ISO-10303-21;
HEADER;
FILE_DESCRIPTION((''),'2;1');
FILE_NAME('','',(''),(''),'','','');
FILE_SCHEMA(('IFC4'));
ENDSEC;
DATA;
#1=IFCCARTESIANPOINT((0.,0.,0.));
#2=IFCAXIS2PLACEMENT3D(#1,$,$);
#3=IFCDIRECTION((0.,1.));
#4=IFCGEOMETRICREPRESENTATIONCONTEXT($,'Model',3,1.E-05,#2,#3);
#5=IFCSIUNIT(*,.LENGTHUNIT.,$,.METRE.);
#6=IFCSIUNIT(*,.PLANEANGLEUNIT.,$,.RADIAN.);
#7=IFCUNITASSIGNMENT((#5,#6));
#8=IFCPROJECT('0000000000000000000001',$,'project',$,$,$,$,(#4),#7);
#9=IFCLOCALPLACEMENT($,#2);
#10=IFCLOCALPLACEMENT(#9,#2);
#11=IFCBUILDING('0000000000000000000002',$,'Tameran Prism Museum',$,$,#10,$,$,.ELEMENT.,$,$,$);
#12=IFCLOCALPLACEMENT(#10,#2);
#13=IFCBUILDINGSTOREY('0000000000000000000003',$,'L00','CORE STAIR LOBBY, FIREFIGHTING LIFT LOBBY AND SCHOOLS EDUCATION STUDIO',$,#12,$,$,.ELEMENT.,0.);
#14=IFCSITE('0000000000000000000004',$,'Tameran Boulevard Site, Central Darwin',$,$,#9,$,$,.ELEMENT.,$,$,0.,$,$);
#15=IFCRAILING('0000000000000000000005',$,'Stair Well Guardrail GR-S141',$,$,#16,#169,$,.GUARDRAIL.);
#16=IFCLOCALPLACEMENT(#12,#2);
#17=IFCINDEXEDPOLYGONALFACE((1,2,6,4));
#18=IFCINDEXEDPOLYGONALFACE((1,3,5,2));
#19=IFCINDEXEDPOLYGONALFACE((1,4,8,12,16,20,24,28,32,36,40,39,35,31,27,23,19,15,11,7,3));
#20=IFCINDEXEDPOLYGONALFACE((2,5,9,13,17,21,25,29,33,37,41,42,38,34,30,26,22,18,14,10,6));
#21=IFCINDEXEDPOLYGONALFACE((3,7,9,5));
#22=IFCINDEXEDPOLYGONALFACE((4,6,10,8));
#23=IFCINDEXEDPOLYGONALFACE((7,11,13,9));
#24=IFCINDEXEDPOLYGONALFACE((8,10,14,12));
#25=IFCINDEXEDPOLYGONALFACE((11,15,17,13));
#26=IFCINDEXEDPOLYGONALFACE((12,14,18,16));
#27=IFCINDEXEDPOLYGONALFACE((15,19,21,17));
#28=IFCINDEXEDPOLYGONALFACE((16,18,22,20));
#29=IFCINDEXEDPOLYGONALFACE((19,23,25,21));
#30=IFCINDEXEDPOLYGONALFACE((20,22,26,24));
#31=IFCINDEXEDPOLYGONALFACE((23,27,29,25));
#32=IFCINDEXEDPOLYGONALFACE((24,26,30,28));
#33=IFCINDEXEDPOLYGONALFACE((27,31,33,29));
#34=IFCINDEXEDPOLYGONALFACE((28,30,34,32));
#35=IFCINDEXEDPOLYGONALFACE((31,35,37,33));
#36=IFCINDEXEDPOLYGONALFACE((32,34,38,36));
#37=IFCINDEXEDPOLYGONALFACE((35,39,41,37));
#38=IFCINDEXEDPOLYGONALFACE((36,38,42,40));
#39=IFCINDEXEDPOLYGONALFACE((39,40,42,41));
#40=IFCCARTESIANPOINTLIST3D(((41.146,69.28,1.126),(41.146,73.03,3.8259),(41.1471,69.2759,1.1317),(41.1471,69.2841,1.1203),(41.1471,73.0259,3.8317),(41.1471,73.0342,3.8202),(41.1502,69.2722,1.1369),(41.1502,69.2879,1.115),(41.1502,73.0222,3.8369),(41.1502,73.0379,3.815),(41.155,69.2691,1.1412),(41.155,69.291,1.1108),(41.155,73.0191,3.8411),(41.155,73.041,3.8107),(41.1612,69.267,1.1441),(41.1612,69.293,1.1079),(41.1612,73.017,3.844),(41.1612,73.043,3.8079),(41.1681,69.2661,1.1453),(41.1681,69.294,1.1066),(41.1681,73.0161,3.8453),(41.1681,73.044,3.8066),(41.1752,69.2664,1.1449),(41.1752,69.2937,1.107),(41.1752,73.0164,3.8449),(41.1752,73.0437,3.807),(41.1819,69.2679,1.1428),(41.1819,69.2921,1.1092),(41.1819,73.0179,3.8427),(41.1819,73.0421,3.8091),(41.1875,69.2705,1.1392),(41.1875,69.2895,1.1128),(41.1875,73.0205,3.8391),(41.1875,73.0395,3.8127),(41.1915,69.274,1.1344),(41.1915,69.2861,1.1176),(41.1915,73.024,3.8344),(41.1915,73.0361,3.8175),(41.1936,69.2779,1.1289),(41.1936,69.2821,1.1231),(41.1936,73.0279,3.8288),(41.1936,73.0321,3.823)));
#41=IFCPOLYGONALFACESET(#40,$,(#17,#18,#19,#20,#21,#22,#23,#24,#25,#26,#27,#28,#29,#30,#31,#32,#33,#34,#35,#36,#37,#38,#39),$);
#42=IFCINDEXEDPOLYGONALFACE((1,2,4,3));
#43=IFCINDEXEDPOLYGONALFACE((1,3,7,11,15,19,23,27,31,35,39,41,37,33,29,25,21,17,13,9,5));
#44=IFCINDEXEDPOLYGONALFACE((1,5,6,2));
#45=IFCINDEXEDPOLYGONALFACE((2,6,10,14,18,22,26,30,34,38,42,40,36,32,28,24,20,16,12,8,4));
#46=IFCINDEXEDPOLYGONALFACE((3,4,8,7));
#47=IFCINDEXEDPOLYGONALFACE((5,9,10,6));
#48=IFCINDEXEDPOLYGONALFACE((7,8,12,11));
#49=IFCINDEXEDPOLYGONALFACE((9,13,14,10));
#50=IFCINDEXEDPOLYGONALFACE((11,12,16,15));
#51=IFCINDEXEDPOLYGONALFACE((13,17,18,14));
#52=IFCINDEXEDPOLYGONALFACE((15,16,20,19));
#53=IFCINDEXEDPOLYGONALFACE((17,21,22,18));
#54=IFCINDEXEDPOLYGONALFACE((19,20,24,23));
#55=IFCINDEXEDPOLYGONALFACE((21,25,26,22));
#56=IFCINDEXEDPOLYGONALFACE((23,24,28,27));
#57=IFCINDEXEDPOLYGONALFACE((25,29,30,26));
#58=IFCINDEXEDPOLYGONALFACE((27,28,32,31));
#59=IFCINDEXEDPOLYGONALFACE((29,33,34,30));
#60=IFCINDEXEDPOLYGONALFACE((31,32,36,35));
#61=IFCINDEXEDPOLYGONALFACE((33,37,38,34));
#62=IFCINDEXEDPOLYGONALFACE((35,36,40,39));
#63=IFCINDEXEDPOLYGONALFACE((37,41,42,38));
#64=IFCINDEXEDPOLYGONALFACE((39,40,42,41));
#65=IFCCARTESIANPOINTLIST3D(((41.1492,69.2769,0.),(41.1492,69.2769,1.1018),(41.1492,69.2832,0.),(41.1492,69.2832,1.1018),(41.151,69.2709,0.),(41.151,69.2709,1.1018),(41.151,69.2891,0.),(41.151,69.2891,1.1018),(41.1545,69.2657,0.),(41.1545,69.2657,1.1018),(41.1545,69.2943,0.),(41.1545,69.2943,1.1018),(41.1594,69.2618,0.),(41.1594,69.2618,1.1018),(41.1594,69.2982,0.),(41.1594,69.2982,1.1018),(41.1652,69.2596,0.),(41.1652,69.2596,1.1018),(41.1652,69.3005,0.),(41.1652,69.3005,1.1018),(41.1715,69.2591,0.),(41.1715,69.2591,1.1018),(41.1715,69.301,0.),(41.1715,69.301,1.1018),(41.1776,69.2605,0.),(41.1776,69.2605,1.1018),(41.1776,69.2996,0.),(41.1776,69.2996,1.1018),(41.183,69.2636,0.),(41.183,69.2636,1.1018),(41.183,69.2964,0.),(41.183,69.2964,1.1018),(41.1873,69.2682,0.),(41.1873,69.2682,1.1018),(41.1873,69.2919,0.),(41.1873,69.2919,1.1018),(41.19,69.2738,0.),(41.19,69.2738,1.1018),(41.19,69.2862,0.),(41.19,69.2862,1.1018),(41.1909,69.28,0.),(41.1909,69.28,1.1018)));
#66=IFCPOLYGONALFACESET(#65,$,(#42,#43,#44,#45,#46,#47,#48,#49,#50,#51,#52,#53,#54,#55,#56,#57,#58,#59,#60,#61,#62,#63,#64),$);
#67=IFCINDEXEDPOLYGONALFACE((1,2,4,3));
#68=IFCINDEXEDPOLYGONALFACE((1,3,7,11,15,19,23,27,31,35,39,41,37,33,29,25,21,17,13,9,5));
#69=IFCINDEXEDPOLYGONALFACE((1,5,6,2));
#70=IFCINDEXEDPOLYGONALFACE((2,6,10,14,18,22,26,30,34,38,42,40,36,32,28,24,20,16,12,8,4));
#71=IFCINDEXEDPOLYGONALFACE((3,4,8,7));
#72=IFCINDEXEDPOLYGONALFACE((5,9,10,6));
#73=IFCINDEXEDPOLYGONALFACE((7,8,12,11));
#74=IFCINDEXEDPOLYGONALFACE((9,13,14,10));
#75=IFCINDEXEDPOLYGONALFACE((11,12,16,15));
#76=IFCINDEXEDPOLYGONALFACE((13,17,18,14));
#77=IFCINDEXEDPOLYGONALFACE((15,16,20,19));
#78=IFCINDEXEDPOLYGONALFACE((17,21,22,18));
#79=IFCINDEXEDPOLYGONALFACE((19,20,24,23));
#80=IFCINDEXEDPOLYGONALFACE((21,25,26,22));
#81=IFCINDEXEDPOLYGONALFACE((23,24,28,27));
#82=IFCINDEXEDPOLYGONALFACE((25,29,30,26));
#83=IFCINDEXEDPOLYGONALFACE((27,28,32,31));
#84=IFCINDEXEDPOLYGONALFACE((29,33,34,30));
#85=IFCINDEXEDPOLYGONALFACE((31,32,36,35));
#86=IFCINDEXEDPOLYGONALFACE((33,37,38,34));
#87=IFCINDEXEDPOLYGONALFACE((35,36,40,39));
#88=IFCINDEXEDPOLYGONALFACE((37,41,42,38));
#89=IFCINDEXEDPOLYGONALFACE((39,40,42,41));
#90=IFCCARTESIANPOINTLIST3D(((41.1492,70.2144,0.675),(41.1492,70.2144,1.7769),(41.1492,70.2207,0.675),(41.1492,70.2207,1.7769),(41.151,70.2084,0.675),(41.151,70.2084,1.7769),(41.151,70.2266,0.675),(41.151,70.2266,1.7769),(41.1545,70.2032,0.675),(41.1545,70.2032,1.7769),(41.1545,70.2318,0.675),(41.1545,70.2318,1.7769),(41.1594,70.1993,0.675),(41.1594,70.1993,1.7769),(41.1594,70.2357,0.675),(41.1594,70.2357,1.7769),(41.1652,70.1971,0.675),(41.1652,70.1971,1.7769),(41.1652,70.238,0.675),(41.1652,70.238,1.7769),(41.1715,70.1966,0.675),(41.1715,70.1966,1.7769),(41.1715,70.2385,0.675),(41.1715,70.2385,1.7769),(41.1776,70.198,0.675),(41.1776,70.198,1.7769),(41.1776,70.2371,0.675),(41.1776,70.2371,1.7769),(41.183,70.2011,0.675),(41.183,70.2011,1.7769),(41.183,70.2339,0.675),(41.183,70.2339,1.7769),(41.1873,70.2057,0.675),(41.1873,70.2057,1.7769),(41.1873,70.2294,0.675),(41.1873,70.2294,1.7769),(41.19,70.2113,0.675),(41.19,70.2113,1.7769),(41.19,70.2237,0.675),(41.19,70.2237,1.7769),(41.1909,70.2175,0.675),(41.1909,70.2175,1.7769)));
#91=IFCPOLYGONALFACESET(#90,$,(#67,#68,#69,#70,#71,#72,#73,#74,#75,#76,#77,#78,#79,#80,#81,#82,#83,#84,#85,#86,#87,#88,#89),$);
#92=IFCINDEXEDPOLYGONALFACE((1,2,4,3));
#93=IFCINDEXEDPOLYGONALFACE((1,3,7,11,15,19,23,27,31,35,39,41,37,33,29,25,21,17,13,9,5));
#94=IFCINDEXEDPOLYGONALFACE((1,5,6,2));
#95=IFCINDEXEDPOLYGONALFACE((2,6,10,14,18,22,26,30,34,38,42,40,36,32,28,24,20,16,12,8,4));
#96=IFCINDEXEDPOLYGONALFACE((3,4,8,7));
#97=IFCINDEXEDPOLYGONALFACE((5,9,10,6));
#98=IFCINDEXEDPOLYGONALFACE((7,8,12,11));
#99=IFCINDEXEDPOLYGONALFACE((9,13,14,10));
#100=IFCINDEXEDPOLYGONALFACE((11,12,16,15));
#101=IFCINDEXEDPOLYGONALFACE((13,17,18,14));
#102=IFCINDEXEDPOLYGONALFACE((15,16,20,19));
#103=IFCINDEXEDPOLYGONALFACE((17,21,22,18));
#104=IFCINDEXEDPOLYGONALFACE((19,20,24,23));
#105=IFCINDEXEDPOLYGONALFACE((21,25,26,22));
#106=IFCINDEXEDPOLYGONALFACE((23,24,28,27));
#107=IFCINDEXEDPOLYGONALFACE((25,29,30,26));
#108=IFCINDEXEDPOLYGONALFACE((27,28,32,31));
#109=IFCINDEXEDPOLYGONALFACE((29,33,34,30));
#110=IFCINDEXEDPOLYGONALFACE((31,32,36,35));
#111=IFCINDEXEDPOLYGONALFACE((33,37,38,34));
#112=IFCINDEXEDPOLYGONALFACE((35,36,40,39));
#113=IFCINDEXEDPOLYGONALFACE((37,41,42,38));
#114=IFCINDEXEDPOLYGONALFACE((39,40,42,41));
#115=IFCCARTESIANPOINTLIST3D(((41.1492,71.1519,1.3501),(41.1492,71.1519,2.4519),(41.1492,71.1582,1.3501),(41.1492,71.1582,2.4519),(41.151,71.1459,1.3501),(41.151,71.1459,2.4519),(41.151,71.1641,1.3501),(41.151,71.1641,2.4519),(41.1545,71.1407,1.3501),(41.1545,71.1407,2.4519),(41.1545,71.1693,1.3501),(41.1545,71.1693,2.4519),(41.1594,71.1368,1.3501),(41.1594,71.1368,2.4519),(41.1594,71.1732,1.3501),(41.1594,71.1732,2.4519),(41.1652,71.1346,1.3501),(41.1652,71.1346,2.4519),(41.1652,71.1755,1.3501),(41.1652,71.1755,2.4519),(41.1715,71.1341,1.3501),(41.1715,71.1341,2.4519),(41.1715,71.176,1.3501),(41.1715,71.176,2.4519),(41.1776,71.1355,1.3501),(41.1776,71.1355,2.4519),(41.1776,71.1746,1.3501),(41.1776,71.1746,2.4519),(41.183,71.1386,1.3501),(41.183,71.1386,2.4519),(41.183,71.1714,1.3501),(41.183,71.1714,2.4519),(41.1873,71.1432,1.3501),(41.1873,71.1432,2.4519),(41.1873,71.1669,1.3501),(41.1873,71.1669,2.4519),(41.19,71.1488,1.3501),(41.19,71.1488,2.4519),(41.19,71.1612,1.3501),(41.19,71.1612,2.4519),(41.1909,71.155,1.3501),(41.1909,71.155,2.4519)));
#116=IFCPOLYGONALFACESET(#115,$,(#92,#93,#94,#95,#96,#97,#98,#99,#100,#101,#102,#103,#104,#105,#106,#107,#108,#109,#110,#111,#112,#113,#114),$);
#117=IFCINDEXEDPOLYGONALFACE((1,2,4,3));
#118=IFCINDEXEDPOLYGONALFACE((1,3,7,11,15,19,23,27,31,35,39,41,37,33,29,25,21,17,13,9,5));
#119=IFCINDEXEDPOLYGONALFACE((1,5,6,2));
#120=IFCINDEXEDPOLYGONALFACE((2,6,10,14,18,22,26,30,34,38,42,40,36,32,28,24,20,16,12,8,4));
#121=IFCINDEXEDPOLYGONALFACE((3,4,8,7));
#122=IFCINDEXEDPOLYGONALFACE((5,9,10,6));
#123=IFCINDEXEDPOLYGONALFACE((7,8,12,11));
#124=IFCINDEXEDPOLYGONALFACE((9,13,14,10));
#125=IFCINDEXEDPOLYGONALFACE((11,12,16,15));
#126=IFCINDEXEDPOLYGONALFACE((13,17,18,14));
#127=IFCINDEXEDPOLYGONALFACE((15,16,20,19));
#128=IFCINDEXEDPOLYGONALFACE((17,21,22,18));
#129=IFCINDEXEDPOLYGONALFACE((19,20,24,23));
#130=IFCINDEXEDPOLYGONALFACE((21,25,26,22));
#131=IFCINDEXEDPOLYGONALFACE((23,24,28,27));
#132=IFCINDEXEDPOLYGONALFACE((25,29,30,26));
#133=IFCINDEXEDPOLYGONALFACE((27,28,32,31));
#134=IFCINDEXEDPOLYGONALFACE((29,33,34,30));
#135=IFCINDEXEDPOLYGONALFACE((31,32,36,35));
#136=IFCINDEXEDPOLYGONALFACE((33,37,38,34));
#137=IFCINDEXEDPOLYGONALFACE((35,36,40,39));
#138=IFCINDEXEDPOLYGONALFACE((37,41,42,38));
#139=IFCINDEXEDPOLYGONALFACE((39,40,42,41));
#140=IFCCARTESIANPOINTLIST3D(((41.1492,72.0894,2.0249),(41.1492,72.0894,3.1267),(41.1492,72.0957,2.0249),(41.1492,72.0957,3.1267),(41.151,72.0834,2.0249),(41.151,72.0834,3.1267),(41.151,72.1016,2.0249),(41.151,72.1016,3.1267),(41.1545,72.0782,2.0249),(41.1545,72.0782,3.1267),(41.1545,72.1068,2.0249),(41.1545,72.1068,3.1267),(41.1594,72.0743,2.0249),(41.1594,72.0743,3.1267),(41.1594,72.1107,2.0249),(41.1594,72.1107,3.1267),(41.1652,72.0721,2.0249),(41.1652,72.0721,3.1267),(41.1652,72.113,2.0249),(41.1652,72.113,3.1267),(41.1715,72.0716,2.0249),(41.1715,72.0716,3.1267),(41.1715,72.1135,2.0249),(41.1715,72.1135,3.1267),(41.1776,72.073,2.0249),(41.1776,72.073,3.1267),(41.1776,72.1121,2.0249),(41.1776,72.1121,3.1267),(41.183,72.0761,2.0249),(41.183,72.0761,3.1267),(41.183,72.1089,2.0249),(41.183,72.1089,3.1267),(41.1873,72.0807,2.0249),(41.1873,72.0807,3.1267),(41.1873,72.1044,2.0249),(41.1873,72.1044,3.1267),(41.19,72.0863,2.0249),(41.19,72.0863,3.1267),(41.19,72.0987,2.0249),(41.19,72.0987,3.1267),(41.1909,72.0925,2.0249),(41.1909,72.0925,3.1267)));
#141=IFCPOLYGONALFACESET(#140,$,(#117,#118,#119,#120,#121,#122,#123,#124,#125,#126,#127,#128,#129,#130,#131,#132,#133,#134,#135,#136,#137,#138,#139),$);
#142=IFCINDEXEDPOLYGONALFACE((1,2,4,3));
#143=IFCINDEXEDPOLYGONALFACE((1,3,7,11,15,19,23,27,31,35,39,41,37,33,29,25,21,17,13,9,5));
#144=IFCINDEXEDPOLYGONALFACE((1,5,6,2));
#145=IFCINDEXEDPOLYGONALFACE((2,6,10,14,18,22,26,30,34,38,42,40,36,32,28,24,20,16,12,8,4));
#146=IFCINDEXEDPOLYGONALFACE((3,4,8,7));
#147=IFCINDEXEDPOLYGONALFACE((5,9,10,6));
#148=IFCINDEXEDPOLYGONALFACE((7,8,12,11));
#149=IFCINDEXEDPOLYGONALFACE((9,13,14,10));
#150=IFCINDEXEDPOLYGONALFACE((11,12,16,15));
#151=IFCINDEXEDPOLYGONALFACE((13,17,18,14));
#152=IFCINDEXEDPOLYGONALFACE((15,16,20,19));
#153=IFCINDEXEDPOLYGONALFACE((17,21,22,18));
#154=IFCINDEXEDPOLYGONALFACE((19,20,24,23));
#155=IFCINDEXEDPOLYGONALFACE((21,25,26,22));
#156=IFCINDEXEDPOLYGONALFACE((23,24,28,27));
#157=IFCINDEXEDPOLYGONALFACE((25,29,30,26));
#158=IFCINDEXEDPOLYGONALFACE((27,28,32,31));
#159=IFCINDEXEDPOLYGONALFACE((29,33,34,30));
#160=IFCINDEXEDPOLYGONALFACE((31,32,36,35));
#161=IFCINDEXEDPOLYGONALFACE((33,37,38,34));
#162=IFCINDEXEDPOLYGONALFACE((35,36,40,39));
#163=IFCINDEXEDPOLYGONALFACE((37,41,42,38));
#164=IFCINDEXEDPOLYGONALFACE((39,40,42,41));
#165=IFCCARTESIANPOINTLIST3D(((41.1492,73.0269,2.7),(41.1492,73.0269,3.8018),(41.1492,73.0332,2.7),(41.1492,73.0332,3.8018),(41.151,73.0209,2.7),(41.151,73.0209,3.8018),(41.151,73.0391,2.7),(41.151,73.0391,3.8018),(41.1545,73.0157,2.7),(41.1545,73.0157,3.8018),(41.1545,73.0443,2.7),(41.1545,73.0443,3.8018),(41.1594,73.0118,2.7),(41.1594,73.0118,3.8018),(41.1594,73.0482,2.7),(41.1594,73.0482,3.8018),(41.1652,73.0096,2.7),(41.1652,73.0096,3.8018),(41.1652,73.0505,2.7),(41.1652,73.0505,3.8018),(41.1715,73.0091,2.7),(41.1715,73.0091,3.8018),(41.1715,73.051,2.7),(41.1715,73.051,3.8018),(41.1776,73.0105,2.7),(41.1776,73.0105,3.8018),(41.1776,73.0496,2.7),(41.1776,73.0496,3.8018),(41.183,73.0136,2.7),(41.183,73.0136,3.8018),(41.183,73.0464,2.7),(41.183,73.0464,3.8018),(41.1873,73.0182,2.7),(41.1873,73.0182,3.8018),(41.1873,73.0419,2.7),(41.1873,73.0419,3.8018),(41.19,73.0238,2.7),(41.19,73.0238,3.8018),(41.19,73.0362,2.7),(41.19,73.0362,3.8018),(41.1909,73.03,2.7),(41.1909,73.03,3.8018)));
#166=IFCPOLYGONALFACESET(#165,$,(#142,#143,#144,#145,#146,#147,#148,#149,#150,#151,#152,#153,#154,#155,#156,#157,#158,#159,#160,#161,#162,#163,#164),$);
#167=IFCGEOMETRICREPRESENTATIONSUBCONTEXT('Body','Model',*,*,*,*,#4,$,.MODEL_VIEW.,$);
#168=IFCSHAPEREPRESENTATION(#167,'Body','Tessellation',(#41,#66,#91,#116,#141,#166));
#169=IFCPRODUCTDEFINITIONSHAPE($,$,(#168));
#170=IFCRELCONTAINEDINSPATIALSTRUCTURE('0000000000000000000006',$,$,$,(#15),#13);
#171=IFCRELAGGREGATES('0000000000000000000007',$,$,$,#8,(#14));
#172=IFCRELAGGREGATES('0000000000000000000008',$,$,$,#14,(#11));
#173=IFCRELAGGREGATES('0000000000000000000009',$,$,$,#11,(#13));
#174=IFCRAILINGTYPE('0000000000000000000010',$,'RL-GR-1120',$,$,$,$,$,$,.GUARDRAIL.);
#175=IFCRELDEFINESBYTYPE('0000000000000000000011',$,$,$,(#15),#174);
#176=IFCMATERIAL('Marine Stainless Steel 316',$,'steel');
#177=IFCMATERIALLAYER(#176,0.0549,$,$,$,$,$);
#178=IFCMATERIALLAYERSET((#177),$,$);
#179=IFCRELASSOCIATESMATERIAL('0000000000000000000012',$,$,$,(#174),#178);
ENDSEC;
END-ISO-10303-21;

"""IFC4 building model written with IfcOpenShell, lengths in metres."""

from ifc_helpers import new_model, si_unit, direction, frame, origin, origin_2d, place, context, subcontext, project, spatial, circle, extrude, material, layer, layer_set, type_object, element, save


model = new_model("IFC4")

# Units and contexts
model_context = context("Model", 3, precision=1e-05, world=origin(), true_north=direction((0.0, 1.0)))
body_context = subcontext(model_context, "Body", "Model", "MODEL_VIEW")
ifc_project = project(units=[si_unit("LENGTHUNIT", "METRE"), si_unit("PLANEANGLEUNIT", "RADIAN")], contexts=[model_context])

# Site, building, storey
site_placement = place(None, origin())
site = spatial("IfcSite", under=ifc_project, at=site_placement, Name="Tameran Boulevard Site, Central Darwin", CompositionType="ELEMENT", RefElevation=0.0)
building_placement = place(site_placement, origin())
building = spatial("IfcBuilding", under=site, at=building_placement, Name="Tameran Prism Museum", CompositionType="ELEMENT")
storey_placement = place(building_placement, origin())
storey = spatial("IfcBuildingStorey", under=building, at=storey_placement, Name="L00", Description="CORE STAIR LOBBY, FIREFIGHTING LIFT LOBBY AND SCHOOLS EDUCATION STUDIO", CompositionType="ELEMENT", Elevation=0.0)

# Railing
ifc_material_1 = material(Name="Marine Stainless Steel 316", Category="steel")
ifc_layer_1 = layer(ifc_material_1, 0.0549)
ifc_layer_set_1 = layer_set([ifc_layer_1])
railing_type_1 = type_object("IfcRailingType", Name="RL-GR-1120", PredefinedType="GUARDRAIL", material=ifc_layer_set_1)
railing_1_placement = place(storey_placement, frame((41.1699, 69.28, 0.0)))
element("IfcRailing", 1, at=railing_1_placement, inside=storey, type_object=railing_type_1, Name="Stair Well Guardrail GR-S141", PredefinedType="GUARDRAIL", context=body_context, shape_type="SweptSolid", body=[
    extrude(circle(Radius=0.0239, at=origin_2d()), frame((0.0, 0.0, 1.126), z_axis=(0.0, 0.811539, 0.584298), x_axis=(-1.0, 0.0, 0.0)), (0.0, 0.0, 1.0), 4.6208),
    extrude(circle(Radius=0.021, at=origin_2d()), origin(), (0.0, 0.0, 1.0), 1.1018),
    extrude(circle(Radius=0.021, at=origin_2d()), frame((0.0, 0.9375, 0.675)), (0.0, 0.0, 1.0), 1.1018),
    extrude(circle(Radius=0.021, at=origin_2d()), frame((0.0, 1.875, 1.3501)), (0.0, 0.0, 1.0), 1.1018),
    extrude(circle(Radius=0.021, at=origin_2d()), frame((0.0, 2.8125, 2.0249)), (0.0, 0.0, 1.0), 1.1018),
    extrude(circle(Radius=0.021, at=origin_2d()), frame((0.0, 3.75, 2.7)), (0.0, 0.0, 1.0), 1.1018),
])

save(model, "model.ifc")
